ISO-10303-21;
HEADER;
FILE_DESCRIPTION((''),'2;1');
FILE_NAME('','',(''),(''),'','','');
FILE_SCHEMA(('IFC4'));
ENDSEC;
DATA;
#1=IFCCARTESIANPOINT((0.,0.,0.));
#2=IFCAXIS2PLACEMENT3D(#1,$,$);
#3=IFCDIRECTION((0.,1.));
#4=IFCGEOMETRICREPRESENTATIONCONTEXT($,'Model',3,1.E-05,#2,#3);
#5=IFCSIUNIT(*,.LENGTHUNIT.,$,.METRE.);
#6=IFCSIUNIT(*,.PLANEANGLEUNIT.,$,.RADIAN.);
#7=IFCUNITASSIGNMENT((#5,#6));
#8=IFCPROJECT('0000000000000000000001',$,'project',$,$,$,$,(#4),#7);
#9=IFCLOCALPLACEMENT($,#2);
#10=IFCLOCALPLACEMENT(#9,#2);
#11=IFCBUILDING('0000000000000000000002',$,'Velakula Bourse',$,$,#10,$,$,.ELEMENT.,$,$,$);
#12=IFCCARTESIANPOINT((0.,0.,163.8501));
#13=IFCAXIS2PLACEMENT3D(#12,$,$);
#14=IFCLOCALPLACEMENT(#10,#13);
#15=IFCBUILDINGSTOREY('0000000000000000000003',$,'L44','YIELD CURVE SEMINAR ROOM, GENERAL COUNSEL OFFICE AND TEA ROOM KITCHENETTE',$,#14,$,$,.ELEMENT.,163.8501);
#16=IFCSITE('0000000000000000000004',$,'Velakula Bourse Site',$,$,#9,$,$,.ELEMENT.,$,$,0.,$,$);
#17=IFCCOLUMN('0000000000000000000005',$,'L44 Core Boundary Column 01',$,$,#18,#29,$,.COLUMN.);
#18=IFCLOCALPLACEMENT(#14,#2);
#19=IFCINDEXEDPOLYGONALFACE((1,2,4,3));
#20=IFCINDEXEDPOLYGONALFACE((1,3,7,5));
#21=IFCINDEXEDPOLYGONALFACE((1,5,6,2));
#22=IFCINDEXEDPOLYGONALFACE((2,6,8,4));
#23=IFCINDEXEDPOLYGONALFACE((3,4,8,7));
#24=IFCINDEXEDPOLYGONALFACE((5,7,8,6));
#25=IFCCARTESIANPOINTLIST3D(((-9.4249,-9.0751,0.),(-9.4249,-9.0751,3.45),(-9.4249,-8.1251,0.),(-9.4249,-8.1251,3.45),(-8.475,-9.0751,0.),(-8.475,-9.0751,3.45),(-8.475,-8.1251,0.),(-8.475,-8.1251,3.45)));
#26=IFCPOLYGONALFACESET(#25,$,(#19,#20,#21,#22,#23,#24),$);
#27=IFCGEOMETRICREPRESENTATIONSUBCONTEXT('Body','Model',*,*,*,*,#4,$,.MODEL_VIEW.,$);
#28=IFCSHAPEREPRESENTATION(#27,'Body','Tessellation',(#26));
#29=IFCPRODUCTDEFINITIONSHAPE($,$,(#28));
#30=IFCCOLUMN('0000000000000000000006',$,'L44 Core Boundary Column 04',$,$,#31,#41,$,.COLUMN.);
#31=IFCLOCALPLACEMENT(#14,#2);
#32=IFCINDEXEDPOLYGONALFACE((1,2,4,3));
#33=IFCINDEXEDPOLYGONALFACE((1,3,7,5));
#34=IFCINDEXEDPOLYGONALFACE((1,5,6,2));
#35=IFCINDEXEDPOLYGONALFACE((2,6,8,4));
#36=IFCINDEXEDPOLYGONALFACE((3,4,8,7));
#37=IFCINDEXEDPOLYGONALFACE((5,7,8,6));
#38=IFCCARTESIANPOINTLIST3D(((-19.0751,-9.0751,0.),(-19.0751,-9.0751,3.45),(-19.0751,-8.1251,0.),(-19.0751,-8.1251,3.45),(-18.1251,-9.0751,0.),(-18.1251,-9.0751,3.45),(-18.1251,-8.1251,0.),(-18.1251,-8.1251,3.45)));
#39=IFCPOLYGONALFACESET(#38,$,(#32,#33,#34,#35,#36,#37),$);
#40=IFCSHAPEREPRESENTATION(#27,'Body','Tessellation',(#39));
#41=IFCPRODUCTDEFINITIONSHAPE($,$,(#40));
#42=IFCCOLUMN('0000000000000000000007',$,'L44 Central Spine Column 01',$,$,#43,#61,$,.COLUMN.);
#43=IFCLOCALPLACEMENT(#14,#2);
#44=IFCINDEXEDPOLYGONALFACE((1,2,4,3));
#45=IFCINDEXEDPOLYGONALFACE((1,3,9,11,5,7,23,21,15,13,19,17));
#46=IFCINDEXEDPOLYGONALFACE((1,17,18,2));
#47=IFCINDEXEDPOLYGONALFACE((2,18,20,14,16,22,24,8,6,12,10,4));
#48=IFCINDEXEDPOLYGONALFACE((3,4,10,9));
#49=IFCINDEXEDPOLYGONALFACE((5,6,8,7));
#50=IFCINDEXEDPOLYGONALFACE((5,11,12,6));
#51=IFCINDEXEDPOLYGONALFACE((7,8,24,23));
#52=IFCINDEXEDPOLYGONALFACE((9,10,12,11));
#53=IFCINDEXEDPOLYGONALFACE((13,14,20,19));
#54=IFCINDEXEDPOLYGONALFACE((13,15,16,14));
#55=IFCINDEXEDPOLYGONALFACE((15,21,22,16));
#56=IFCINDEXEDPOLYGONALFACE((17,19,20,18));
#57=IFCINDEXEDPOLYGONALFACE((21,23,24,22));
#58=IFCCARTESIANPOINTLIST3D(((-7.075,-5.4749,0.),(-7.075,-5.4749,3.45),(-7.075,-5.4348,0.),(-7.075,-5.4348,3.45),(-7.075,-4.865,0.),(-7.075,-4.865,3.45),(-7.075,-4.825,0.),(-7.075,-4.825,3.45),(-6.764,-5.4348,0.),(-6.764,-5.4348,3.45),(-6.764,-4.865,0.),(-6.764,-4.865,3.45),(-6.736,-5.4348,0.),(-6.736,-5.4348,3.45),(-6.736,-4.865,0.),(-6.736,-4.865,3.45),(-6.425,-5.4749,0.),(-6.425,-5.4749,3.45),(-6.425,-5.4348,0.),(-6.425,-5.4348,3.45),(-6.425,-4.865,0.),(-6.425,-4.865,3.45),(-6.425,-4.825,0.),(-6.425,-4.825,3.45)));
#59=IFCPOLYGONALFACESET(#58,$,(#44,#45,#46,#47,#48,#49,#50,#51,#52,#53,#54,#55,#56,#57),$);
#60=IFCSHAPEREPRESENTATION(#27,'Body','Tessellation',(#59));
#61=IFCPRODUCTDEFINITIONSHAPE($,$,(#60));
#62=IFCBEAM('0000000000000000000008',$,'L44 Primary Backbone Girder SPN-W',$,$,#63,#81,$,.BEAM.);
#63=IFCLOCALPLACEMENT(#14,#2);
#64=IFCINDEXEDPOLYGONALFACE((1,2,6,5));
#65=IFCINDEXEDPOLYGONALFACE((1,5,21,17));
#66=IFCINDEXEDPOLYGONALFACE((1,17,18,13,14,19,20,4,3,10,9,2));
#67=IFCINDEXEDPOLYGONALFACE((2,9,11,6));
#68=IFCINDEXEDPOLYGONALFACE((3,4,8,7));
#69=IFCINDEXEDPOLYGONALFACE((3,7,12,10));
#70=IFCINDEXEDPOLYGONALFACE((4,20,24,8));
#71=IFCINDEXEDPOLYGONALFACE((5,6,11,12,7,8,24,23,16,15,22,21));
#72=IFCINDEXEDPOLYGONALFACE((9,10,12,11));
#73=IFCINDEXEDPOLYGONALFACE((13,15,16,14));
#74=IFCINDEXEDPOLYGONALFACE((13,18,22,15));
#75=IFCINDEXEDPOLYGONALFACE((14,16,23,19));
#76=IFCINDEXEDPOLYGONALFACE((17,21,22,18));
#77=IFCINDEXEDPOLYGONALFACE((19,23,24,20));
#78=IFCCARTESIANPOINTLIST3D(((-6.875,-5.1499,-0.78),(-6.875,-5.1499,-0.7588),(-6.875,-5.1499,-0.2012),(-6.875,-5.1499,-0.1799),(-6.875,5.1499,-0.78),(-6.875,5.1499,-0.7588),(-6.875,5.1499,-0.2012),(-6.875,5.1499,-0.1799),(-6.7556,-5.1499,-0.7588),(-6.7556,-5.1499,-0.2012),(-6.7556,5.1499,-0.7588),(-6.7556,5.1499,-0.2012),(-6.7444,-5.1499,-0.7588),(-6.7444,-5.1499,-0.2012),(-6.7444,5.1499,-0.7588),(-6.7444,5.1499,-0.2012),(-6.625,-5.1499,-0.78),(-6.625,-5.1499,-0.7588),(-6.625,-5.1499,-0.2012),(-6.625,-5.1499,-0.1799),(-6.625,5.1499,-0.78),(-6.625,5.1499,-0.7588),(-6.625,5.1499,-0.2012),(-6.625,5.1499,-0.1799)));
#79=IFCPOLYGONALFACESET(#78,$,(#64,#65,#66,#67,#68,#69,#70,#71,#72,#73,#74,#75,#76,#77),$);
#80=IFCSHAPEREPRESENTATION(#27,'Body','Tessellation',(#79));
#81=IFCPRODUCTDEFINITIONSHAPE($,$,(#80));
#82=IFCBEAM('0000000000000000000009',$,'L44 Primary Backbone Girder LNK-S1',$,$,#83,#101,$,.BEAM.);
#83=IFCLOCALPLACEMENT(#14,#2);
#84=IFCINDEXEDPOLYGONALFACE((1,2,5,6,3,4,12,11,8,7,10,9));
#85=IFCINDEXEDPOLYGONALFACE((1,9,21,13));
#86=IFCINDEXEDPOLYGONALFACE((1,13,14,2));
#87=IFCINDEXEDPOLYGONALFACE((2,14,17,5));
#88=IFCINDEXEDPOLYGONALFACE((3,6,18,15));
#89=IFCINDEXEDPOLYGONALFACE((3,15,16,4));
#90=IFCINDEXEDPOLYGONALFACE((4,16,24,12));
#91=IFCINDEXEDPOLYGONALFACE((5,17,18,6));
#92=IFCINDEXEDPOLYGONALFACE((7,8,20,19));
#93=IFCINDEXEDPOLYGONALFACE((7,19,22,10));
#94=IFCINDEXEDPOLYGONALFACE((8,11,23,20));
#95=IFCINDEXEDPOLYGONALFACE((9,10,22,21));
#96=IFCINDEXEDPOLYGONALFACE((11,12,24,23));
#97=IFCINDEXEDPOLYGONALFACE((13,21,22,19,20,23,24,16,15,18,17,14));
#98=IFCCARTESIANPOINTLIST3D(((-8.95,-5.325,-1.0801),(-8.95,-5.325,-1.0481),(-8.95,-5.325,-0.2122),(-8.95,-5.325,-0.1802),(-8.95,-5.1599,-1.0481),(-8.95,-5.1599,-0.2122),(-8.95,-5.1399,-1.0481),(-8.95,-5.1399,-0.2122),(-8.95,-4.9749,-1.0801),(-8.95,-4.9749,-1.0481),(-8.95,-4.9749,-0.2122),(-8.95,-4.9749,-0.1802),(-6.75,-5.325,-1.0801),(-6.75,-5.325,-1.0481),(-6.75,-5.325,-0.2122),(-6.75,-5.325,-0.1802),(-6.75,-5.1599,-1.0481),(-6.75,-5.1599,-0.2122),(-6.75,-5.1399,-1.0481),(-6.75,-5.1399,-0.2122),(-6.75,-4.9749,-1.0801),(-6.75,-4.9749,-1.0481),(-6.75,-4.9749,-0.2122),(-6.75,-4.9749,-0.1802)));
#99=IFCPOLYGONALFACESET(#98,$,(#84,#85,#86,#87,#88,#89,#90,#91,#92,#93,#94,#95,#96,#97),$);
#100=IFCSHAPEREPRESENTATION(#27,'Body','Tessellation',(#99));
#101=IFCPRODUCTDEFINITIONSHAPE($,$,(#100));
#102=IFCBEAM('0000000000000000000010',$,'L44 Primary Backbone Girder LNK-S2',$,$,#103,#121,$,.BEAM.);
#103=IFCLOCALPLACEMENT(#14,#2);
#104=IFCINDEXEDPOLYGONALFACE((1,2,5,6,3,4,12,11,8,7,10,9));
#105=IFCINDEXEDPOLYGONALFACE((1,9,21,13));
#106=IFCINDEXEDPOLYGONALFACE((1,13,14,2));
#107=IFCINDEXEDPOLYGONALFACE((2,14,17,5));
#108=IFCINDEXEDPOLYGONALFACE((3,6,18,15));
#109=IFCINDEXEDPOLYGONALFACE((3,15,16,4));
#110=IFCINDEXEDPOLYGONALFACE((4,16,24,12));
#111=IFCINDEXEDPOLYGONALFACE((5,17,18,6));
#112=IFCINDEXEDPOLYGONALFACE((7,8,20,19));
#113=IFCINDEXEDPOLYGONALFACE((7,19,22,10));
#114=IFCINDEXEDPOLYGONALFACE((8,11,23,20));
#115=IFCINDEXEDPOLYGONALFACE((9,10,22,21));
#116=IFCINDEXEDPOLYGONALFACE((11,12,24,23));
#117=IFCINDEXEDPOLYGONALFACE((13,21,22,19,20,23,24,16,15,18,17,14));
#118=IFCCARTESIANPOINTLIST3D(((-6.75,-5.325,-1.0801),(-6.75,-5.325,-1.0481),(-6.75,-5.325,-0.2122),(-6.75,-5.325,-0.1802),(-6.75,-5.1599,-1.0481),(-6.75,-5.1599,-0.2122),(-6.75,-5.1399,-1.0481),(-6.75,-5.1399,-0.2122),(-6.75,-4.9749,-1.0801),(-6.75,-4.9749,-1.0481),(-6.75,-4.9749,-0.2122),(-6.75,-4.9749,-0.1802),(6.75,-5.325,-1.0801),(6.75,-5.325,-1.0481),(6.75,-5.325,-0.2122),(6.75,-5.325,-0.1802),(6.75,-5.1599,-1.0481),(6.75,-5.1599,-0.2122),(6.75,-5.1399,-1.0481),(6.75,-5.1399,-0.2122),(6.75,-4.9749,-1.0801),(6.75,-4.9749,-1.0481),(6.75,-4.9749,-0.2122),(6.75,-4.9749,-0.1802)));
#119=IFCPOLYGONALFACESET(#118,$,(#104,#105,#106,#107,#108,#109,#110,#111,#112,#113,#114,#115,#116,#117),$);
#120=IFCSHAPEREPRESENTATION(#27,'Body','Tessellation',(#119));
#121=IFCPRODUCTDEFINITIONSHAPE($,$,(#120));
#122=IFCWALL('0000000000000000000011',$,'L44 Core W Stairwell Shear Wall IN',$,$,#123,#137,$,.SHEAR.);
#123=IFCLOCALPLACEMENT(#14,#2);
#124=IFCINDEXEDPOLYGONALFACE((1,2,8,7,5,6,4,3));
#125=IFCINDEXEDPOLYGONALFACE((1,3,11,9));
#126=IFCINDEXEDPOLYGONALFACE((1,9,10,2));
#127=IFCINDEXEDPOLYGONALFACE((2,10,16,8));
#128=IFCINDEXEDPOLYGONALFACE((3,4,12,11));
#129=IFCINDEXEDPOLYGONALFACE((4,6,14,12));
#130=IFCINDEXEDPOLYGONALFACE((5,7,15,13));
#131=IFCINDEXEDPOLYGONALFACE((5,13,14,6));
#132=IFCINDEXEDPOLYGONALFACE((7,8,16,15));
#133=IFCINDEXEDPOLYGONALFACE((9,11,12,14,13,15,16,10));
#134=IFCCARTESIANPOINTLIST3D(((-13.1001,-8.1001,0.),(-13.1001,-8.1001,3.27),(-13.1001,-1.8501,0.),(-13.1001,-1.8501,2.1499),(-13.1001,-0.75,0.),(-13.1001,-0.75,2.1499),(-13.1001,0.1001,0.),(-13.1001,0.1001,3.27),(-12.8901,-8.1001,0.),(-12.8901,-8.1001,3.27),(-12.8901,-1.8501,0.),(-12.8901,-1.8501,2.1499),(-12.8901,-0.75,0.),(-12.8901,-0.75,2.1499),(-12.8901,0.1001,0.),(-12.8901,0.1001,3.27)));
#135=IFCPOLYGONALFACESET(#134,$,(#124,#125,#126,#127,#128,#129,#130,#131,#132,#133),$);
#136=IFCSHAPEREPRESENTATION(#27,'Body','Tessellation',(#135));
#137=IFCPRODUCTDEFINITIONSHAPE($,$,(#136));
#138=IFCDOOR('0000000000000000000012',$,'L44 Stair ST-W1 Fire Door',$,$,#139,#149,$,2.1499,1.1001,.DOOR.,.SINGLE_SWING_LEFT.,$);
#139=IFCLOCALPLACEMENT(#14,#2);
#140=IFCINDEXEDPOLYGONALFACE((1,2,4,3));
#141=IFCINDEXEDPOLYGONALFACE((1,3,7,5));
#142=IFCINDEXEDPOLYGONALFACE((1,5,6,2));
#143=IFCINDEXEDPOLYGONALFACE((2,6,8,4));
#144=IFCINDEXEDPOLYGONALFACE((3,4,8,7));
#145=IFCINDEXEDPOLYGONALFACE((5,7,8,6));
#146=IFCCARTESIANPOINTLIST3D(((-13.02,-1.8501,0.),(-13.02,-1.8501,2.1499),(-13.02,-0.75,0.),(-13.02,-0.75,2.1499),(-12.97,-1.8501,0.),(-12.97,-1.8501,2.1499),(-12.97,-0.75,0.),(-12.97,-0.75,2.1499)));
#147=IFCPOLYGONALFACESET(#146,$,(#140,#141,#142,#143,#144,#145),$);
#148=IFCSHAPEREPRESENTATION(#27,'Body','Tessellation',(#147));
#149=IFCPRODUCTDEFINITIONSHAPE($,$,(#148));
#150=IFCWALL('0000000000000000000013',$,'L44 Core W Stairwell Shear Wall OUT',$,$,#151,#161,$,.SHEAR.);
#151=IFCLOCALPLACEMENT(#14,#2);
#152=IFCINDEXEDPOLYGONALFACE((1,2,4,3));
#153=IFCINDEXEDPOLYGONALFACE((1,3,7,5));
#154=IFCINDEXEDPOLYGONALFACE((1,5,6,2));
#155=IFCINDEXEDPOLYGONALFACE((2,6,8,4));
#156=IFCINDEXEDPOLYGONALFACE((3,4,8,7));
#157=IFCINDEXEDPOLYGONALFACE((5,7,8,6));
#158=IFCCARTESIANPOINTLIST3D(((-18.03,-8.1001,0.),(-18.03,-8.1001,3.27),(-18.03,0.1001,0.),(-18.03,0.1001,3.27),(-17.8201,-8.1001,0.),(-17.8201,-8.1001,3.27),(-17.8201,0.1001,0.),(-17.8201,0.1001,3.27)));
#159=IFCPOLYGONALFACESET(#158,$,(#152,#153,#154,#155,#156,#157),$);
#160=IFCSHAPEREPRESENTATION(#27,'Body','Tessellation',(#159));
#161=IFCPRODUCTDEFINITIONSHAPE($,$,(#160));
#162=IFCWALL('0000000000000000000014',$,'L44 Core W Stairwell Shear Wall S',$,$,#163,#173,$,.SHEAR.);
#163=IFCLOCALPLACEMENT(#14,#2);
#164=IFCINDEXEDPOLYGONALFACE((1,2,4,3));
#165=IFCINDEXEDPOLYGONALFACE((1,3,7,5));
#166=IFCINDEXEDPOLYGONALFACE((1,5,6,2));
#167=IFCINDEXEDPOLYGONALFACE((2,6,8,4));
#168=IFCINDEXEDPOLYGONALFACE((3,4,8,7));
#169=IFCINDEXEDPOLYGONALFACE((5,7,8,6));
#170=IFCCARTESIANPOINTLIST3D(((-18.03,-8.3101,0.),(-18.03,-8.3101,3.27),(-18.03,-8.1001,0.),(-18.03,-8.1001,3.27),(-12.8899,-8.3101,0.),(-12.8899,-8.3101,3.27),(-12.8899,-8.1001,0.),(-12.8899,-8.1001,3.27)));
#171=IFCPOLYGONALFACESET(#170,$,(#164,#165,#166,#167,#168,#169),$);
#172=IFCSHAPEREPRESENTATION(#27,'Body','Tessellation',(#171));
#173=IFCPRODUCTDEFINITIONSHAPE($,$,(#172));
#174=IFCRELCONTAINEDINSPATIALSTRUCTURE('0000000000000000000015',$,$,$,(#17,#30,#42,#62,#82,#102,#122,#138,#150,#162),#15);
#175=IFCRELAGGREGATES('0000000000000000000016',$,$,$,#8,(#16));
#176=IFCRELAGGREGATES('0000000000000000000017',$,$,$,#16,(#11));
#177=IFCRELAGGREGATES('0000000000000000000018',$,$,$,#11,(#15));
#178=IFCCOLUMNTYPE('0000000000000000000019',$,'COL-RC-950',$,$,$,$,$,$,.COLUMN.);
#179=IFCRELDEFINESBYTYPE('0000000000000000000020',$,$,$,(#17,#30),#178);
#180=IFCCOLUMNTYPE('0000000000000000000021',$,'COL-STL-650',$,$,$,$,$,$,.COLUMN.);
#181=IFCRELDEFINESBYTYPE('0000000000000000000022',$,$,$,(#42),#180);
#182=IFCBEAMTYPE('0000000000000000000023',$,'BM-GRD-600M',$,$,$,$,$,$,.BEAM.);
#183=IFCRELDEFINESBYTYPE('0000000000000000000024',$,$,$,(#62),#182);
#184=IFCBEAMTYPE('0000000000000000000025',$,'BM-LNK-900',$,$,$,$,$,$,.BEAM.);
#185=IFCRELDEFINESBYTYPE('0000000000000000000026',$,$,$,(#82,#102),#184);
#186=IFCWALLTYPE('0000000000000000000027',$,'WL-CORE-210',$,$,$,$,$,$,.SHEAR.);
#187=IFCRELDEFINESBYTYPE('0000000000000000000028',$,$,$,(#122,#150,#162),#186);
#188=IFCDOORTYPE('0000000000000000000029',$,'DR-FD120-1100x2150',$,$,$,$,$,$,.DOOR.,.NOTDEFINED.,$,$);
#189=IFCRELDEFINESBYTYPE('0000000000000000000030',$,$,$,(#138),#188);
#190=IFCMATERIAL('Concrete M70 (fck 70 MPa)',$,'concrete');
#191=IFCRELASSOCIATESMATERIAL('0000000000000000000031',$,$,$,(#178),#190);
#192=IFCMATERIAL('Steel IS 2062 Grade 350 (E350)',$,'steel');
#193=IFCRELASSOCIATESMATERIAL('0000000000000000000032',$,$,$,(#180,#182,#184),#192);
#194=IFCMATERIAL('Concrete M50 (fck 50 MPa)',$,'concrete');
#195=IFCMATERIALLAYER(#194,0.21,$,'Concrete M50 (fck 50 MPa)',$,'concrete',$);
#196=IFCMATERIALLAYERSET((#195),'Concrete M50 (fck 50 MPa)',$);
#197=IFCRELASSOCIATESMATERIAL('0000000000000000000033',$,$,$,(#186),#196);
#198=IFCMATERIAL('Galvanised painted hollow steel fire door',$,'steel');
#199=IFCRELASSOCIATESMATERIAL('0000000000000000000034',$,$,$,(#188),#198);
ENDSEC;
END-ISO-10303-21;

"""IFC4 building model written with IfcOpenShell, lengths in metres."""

from ifc_helpers import new_model, si_unit, direction, frame, frame_2d, origin, origin_2d, place, context, subcontext, project, spatial, rectangle, i_section, extrude, material, layer, layer_set, material_profile, profile_set, type_object, element, fill, save


model = new_model("IFC4")

# Units and contexts
model_context = context("Model", 3, precision=1e-05, world=origin(), true_north=direction((0.0, 1.0)))
body_context = subcontext(model_context, "Body", "Model", "MODEL_VIEW")
ifc_project = project(units=[si_unit("LENGTHUNIT", "METRE"), si_unit("PLANEANGLEUNIT", "RADIAN")], contexts=[model_context])

# Site, building, storey
site_placement = place(None, origin())
site = spatial("IfcSite", under=ifc_project, at=site_placement, Name="Velakula Bourse Site", CompositionType="ELEMENT", RefElevation=0.0)
building_placement = place(site_placement, origin())
building = spatial("IfcBuilding", under=site, at=building_placement, Name="Velakula Bourse", CompositionType="ELEMENT")
storey_placement = place(building_placement, frame((0.0, 0.0, 163.8501)))
storey = spatial("IfcBuildingStorey", under=building, at=storey_placement, Name="L44", Description="YIELD CURVE SEMINAR ROOM, GENERAL COUNSEL OFFICE AND TEA ROOM KITCHENETTE", CompositionType="ELEMENT", Elevation=163.8501)

# Columns
ifc_material_1 = material(Name="Concrete M70 (fck 70 MPa)", Category="concrete")
ifc_material_profile_1 = material_profile(ifc_material_1, rectangle(XDim=0.95, YDim=0.95, at=origin_2d()), Name="Concrete M70 (fck 70 MPa)")
ifc_profile_set_1 = profile_set([ifc_material_profile_1], Name="Concrete M70 (fck 70 MPa)")
column_type_1 = type_object("IfcColumnType", Name="COL-RC-950", PredefinedType="COLUMN", material=ifc_profile_set_1)
for number, where, z_axis, x_axis, name in (
    (1, (-8.95, -8.6001, 0.0), (0.0, 0.0, 1.0), (1.0, 0.0, 0.0), "L44 Core Boundary Column 01"),
    (2, (-18.6001, -8.6001, 0.0), (0.0, 0.0, 1.0), (1.0, 0.0, 0.0), "L44 Core Boundary Column 04"),
):
    element("IfcColumn", number, at=place(storey_placement, frame(where, z_axis=z_axis, x_axis=x_axis)), inside=storey, type_object=column_type_1, Name=name, PredefinedType="COLUMN", context=body_context, shape_type="SweptSolid", body=[
        extrude(rectangle(XDim=0.95, YDim=0.95, at=origin_2d()), origin(), (0.0, 0.0, 1.0), 3.45),
    ])
ifc_material_2 = material(Name="Steel IS 2062 Grade 350 (E350)", Category="steel")
ifc_material_profile_2 = material_profile(ifc_material_2, i_section(OverallWidth=0.6499, OverallDepth=0.6499, WebThickness=0.0281, FlangeThickness=0.04, at=origin_2d()), Name="Steel IS 2062 Grade 350 (E350)")
ifc_profile_set_2 = profile_set([ifc_material_profile_2], Name="Steel IS 2062 Grade 350 (E350)")
column_type_2 = type_object("IfcColumnType", Name="COL-STL-650", PredefinedType="COLUMN", material=ifc_profile_set_2)
column_placement = place(storey_placement, frame((-6.75, -5.1499, 0.0), z_axis=(0.0, 0.0, 1.0), x_axis=(1.0, 0.0, 0.0)))
element("IfcColumn", 3, at=column_placement, inside=storey, type_object=column_type_2, Name="L44 Central Spine Column 01", PredefinedType="COLUMN", context=body_context, shape_type="SweptSolid", body=[
    extrude(i_section(OverallWidth=0.6499, OverallDepth=0.6499, WebThickness=0.0281, FlangeThickness=0.04, at=origin_2d()), origin(), (0.0, 0.0, 1.0), 3.45),
])

# Beams
ifc_material_profile_3 = material_profile(ifc_material_2, i_section(OverallWidth=0.25, OverallDepth=0.6001, WebThickness=0.0112, FlangeThickness=0.0212, at=origin_2d()), Name="Steel IS 2062 Grade 350 (E350)")
ifc_profile_set_3 = profile_set([ifc_material_profile_3], Name="Steel IS 2062 Grade 350 (E350)")
beam_type_1 = type_object("IfcBeamType", Name="BM-GRD-600M", PredefinedType="BEAM", material=ifc_profile_set_3)
beam_1_placement = place(storey_placement, frame((-6.75, -5.1499, -0.48), z_axis=(0.0, 1.0, 0.0), x_axis=(-1.0, 0.0, 0.0)))
element("IfcBeam", 4, at=beam_1_placement, inside=storey, type_object=beam_type_1, Name="L44 Primary Backbone Girder SPN-W", PredefinedType="BEAM", context=body_context, shape_type="SweptSolid", body=[
    extrude(i_section(OverallWidth=0.25, OverallDepth=0.6001, WebThickness=0.0112, FlangeThickness=0.0212, at=origin_2d()), origin(), (0.0, 0.0, 1.0), 10.2998),
])
ifc_material_profile_4 = material_profile(ifc_material_2, i_section(OverallWidth=0.3501, OverallDepth=0.8999, WebThickness=0.02, FlangeThickness=0.032, at=origin_2d()), Name="Steel IS 2062 Grade 350 (E350)")
ifc_profile_set_4 = profile_set([ifc_material_profile_4], Name="Steel IS 2062 Grade 350 (E350)")
beam_type_2 = type_object("IfcBeamType", Name="BM-LNK-900", PredefinedType="BEAM", material=ifc_profile_set_4)
beam_2_placement = place(storey_placement, frame((-8.95, -5.1499, -0.6301), z_axis=(1.0, 0.0, 0.0), x_axis=(0.0, 1.0, 0.0)))
element("IfcBeam", 5, at=beam_2_placement, inside=storey, type_object=beam_type_2, Name="L44 Primary Backbone Girder LNK-S1", PredefinedType="BEAM", context=body_context, shape_type="SweptSolid", body=[
    extrude(i_section(OverallWidth=0.3501, OverallDepth=0.8999, WebThickness=0.02, FlangeThickness=0.032, at=origin_2d()), origin(), (0.0, 0.0, 1.0), 2.2),
])
beam_3_placement = place(storey_placement, frame((-6.75, -5.1499, -0.6301), z_axis=(1.0, 0.0, 0.0), x_axis=(0.0, 1.0, 0.0)))
element("IfcBeam", 6, at=beam_3_placement, inside=storey, type_object=beam_type_2, Name="L44 Primary Backbone Girder LNK-S2", PredefinedType="BEAM", context=body_context, shape_type="SweptSolid", body=[
    extrude(i_section(OverallWidth=0.3501, OverallDepth=0.8999, WebThickness=0.02, FlangeThickness=0.032, at=origin_2d()), origin(), (0.0, 0.0, 1.0), 13.5),
])

# Wall, opening, door
ifc_material_3 = material(Name="Concrete M50 (fck 50 MPa)", Category="concrete")
ifc_layer_1 = layer(ifc_material_3, 0.21, Name="Concrete M50 (fck 50 MPa)", Category="concrete")
ifc_layer_set_1 = layer_set([ifc_layer_1], Name="Concrete M50 (fck 50 MPa)")
wall_type_1 = type_object("IfcWallType", Name="WL-CORE-210", PredefinedType="SHEAR", material=ifc_layer_set_1)
wall_1_placement = place(storey_placement, frame((-12.9951, -8.1001, 0.0), z_axis=(0.0, 0.0, 1.0), x_axis=(0.0, 1.0, 0.0)))
wall_1 = element("IfcWall", 7, at=wall_1_placement, inside=storey, type_object=wall_type_1, Name="L44 Core W Stairwell Shear Wall IN", PredefinedType="SHEAR", context=body_context, shape_type="SweptSolid", body=[
    extrude(rectangle(XDim=8.2002, YDim=0.21, at=frame_2d((4.1001, 0.0))), origin(), (0.0, 0.0, 1.0), 3.27),
])
opening_1_placement = place(wall_1_placement, frame((6.25, 0.0, 0.0)))
opening_1 = element("IfcOpeningElement", 8, at=opening_1_placement, cuts=wall_1, PredefinedType="OPENING", context=body_context, shape_type="SweptSolid", body=[
    extrude(rectangle(XDim=1.1001, YDim=2.1499, at=frame_2d((0.55, 1.075))), frame((0.0, 0.115, 0.0), z_axis=(0.0, -1.0, 0.0), x_axis=(1.0, 0.0, 0.0)), (0.0, 0.0, 1.0), 0.23),
])
ifc_material_4 = material(Name="Galvanised painted hollow steel fire door", Category="steel")
door_type_1 = type_object("IfcDoorType", Name="DR-FD120-1100x2150", OperationType="NOTDEFINED", PredefinedType="DOOR", material=ifc_material_4)
door_1_placement = place(opening_1_placement, origin())
door_1 = element("IfcDoor", 9, at=door_1_placement, inside=storey, type_object=door_type_1, Name="L44 Stair ST-W1 Fire Door", OperationType="SINGLE_SWING_LEFT", OverallHeight=2.1499, OverallWidth=1.1001, PredefinedType="DOOR", context=body_context, shape_type="SweptSolid", body=[
    extrude(rectangle(XDim=1.1001, YDim=2.1499, at=frame_2d((0.55, 1.075))), frame((0.0, 0.0249, 0.0), z_axis=(0.0, -1.0, 0.0), x_axis=(1.0, 0.0, 0.0)), (0.0, 0.0, 1.0), 0.05),
])
fill(opening_1, door_1)

# Walls
wall_2_placement = place(storey_placement, frame((-17.925, -8.1001, 0.0), z_axis=(0.0, 0.0, 1.0), x_axis=(0.0, 1.0, 0.0)))
element("IfcWall", 10, at=wall_2_placement, inside=storey, type_object=wall_type_1, Name="L44 Core W Stairwell Shear Wall OUT", PredefinedType="SHEAR", context=body_context, shape_type="SweptSolid", body=[
    extrude(rectangle(XDim=8.2002, YDim=0.21, at=frame_2d((4.1001, 0.0))), origin(), (0.0, 0.0, 1.0), 3.27),
])
wall_3_placement = place(storey_placement, frame((-18.03, -8.2051, 0.0), z_axis=(0.0, 0.0, 1.0), x_axis=(1.0, 0.0, 0.0)))
element("IfcWall", 11, at=wall_3_placement, inside=storey, type_object=wall_type_1, Name="L44 Core W Stairwell Shear Wall S", PredefinedType="SHEAR", context=body_context, shape_type="SweptSolid", body=[
    extrude(rectangle(XDim=5.1401, YDim=0.21, at=frame_2d((2.5701, 0.0))), origin(), (0.0, 0.0, 1.0), 3.27),
])

save(model, "model.ifc")
